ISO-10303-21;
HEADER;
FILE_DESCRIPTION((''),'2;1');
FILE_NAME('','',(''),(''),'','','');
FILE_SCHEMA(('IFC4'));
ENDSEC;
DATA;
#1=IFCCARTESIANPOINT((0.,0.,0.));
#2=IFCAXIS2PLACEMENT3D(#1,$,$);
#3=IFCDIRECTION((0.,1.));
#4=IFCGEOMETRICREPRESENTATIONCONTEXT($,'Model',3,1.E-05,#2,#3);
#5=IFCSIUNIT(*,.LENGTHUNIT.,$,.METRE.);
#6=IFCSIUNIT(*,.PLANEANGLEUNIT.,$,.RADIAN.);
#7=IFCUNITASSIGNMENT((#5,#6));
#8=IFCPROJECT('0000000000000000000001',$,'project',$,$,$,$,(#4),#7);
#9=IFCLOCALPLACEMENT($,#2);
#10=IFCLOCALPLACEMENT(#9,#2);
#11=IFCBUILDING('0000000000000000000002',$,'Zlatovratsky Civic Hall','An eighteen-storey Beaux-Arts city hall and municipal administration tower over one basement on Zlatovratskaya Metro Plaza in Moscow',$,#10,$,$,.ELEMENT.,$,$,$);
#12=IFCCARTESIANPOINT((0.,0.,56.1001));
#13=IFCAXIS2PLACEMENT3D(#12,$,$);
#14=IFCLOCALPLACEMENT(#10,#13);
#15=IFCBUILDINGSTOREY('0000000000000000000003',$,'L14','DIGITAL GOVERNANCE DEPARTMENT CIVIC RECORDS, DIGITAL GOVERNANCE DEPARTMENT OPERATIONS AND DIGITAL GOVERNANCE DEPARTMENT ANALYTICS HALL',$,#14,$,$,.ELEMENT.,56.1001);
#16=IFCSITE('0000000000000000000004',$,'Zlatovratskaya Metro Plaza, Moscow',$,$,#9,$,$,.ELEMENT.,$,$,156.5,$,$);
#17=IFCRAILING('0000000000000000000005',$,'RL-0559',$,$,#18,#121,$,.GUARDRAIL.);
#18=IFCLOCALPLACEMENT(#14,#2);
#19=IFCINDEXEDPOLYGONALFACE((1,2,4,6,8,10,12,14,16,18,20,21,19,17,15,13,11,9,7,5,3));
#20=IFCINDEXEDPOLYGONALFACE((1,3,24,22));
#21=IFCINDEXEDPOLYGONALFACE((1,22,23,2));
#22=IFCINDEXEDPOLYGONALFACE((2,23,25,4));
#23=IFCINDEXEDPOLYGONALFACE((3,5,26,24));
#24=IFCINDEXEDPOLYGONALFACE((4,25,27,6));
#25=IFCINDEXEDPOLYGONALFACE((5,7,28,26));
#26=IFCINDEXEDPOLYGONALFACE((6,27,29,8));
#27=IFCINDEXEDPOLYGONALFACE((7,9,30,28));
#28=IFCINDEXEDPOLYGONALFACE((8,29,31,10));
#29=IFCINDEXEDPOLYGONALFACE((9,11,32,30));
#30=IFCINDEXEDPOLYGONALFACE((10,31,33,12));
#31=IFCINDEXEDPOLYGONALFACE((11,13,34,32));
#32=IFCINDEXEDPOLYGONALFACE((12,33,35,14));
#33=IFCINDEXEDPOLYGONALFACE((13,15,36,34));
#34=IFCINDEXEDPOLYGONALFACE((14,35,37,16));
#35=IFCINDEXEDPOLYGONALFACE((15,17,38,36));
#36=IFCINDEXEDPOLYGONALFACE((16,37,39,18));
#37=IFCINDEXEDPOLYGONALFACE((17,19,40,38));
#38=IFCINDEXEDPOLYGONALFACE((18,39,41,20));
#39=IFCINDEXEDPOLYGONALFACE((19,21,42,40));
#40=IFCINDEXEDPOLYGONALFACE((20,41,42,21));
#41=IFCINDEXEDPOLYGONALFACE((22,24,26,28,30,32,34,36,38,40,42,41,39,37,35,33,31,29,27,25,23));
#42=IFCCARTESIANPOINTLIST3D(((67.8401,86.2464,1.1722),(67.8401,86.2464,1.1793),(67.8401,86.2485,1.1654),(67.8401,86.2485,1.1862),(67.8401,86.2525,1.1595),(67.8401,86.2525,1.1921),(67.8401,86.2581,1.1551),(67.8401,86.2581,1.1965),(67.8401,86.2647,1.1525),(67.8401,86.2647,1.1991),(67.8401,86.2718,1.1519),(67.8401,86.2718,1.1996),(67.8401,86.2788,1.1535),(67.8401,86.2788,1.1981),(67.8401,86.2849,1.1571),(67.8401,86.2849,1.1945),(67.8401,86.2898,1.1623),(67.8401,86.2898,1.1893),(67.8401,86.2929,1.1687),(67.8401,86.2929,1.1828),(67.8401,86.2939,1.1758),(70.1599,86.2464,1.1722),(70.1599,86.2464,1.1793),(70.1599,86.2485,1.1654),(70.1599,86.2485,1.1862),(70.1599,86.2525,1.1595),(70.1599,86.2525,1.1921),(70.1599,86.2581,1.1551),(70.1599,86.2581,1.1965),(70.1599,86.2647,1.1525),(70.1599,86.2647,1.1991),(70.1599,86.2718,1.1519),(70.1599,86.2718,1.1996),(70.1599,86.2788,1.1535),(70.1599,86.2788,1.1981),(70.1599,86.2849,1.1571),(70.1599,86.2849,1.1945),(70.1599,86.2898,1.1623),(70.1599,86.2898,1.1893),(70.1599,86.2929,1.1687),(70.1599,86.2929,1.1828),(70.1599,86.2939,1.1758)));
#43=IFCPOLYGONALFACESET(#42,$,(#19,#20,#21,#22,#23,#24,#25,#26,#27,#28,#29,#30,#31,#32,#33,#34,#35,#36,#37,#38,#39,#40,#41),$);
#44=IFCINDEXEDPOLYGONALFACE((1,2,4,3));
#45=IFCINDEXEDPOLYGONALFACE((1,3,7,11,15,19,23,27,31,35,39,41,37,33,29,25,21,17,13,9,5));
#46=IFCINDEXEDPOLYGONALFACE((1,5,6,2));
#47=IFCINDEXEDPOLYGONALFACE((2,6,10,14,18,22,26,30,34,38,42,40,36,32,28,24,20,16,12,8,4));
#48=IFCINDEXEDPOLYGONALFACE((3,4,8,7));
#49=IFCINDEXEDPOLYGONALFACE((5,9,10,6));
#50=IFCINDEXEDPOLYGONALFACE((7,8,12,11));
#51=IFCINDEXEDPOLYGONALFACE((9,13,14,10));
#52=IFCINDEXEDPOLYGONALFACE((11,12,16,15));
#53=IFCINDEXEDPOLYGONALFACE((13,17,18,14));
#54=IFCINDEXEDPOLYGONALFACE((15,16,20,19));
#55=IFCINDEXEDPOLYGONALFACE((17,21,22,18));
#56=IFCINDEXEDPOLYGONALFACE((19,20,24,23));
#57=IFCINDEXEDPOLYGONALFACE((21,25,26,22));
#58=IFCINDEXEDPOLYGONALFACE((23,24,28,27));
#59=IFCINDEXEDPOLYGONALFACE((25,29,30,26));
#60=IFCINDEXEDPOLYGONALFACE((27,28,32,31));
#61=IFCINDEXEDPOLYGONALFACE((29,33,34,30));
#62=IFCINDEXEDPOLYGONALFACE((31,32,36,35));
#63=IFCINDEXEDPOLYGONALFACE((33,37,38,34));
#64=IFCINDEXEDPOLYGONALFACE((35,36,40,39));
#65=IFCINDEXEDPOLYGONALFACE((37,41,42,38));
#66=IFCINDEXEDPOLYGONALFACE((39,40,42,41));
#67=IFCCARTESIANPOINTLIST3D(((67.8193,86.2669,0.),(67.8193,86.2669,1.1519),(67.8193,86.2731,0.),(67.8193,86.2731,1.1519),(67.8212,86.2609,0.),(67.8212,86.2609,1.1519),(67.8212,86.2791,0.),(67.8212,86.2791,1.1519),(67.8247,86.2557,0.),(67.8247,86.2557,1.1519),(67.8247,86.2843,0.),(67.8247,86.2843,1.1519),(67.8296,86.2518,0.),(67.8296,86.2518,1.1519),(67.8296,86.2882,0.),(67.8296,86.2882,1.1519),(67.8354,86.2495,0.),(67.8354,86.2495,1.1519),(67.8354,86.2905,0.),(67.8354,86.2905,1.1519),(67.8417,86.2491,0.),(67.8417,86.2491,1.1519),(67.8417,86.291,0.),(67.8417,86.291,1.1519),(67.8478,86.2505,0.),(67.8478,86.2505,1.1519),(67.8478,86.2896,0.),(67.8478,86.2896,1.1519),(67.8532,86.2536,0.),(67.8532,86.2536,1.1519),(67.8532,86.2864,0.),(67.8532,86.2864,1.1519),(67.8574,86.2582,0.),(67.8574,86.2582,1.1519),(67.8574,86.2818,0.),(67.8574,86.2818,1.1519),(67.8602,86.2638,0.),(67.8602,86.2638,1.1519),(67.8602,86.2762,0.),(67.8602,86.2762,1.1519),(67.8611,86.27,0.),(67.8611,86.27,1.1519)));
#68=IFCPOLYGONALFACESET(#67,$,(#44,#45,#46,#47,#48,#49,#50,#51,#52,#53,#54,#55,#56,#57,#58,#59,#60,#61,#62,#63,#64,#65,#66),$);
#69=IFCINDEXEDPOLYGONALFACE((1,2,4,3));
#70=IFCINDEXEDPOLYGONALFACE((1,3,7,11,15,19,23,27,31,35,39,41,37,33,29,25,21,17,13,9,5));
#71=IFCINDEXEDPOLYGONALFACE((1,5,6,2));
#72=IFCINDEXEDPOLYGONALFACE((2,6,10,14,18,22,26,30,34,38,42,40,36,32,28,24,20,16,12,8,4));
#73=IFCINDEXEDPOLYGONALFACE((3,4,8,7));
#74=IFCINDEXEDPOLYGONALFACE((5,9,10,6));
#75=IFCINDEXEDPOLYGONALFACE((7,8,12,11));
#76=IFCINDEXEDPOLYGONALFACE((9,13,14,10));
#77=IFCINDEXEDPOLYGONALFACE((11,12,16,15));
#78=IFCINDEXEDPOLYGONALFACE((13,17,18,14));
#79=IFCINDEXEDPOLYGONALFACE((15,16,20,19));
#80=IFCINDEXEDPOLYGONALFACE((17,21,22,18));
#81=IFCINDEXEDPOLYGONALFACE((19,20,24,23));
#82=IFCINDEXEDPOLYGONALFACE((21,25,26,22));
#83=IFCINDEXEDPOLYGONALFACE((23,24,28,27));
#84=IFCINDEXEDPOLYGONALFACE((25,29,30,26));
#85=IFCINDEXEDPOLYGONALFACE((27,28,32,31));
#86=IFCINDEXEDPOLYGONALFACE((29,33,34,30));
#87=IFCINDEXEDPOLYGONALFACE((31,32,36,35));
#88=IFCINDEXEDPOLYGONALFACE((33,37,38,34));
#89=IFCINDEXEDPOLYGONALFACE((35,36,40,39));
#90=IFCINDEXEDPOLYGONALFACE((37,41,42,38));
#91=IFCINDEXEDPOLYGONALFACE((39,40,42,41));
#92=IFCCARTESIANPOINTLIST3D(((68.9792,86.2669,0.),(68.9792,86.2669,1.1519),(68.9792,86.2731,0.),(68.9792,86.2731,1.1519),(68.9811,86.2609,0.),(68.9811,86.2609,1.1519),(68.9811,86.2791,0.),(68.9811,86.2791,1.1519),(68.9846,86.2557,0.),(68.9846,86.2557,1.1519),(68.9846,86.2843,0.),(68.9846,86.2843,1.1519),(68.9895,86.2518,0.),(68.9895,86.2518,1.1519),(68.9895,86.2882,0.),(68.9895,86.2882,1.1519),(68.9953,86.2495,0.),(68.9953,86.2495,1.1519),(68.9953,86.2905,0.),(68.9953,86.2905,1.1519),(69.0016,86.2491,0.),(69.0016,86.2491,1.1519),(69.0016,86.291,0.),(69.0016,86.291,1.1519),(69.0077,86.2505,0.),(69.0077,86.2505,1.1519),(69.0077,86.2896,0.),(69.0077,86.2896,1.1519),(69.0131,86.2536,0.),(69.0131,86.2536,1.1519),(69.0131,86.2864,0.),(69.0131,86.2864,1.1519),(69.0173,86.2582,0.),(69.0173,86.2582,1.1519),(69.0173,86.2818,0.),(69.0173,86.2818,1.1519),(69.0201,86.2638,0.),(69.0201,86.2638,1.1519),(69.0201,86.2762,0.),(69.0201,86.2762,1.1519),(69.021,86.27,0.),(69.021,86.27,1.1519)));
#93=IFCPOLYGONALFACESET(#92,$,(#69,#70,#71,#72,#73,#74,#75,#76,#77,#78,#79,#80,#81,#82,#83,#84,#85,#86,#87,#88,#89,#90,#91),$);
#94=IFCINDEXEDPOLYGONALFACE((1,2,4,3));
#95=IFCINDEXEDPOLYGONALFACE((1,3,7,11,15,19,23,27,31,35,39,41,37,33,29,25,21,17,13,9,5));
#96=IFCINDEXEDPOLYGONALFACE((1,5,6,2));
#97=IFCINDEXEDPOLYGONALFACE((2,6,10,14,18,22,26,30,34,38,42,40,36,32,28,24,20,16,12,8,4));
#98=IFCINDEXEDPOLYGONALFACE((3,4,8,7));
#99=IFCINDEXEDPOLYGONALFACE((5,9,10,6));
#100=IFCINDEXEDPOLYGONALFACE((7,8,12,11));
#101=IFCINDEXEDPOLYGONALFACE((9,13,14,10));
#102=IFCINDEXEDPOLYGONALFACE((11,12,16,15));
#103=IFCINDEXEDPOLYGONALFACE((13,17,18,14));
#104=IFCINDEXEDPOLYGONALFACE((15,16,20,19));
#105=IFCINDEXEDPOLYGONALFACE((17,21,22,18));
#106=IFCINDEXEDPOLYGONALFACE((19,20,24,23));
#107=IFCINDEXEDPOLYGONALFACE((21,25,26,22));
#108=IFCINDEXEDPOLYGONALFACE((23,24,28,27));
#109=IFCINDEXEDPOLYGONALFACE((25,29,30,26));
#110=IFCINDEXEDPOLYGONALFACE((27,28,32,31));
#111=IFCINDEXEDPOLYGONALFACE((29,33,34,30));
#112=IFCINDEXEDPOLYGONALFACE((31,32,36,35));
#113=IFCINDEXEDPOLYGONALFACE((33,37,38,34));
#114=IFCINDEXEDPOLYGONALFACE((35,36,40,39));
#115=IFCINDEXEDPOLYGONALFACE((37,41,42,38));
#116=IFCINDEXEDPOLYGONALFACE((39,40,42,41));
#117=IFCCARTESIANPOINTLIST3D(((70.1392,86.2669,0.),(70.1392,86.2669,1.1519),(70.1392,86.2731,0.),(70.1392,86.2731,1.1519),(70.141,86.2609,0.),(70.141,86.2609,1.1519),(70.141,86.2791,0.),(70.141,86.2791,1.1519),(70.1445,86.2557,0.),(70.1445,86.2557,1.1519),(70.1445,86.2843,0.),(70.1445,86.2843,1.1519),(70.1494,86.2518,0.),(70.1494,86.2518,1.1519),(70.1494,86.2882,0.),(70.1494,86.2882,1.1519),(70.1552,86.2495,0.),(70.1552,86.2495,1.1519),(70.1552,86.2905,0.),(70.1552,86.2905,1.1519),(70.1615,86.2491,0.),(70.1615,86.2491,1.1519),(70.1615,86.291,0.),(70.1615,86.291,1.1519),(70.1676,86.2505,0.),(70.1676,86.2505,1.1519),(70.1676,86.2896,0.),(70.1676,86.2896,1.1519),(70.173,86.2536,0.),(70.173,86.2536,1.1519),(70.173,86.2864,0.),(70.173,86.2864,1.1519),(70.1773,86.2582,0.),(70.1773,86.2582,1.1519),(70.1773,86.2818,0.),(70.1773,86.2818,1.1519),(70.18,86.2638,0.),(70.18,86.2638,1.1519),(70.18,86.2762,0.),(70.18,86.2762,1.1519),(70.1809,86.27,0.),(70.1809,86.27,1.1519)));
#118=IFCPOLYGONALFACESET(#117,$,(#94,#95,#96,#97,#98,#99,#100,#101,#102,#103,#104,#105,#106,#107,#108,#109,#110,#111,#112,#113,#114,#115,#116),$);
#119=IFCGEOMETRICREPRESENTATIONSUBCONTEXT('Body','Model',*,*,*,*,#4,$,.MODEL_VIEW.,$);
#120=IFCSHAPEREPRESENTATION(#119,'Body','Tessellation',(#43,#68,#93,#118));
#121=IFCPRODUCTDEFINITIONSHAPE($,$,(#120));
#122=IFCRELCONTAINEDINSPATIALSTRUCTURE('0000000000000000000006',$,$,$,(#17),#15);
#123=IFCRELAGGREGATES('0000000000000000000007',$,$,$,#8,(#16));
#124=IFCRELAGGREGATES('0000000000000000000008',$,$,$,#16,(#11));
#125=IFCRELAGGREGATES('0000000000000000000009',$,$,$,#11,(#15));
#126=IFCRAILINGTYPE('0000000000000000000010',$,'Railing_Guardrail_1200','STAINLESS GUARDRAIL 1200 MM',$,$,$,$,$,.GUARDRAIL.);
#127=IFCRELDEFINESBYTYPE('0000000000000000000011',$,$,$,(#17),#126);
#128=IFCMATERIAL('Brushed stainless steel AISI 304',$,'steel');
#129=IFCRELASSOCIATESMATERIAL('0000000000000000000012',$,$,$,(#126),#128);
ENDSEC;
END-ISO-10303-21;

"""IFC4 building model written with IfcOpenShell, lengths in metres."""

from ifc_helpers import new_model, si_unit, direction, frame, origin, origin_2d, place, context, subcontext, project, spatial, circle, extrude, material, type_object, element, save


model = new_model("IFC4")

# Units and contexts
model_context = context("Model", 3, precision=1e-05, world=origin(), true_north=direction((0.0, 1.0)))
body_context = subcontext(model_context, "Body", "Model", "MODEL_VIEW")
ifc_project = project(units=[si_unit("LENGTHUNIT", "METRE"), si_unit("PLANEANGLEUNIT", "RADIAN")], contexts=[model_context])

# Site, building, storey
site_placement = place(None, origin())
site = spatial("IfcSite", under=ifc_project, at=site_placement, Name="Zlatovratskaya Metro Plaza, Moscow", CompositionType="ELEMENT", RefElevation=156.5)
building_placement = place(site_placement, origin())
building = spatial("IfcBuilding", under=site, at=building_placement, Name="Zlatovratsky Civic Hall", Description="An eighteen-storey Beaux-Arts city hall and municipal administration tower over one basement on Zlatovratskaya Metro Plaza in Moscow", CompositionType="ELEMENT")
storey_placement = place(building_placement, frame((0.0, 0.0, 56.1001)))
storey = spatial("IfcBuildingStorey", under=building, at=storey_placement, Name="L14", Description="DIGITAL GOVERNANCE DEPARTMENT CIVIC RECORDS, DIGITAL GOVERNANCE DEPARTMENT OPERATIONS AND DIGITAL GOVERNANCE DEPARTMENT ANALYTICS HALL", CompositionType="ELEMENT", Elevation=56.1001)

# Railing
ifc_material_1 = material(Name="Brushed stainless steel AISI 304", Category="steel")
railing_type_1 = type_object("IfcRailingType", Name="Railing_Guardrail_1200", Description="STAINLESS GUARDRAIL 1200 MM", PredefinedType="GUARDRAIL", material=ifc_material_1)
railing_1_placement = place(storey_placement, frame((67.8401, 86.27, 0.0)))
element("IfcRailing", 1, at=railing_1_placement, inside=storey, type_object=railing_type_1, Name="RL-0559", PredefinedType="GUARDRAIL", context=body_context, shape_type="SweptSolid", body=[
    extrude(circle(Radius=0.0239, at=origin_2d()), frame((0.0, 0.0, 1.1758), z_axis=(1.0, 0.0, 0.0), x_axis=(0.0, 1.0, 0.0)), (0.0, 0.0, 1.0), 2.3198),
    extrude(circle(Radius=0.021, at=origin_2d()), origin(), (0.0, 0.0, 1.0), 1.1519),
    extrude(circle(Radius=0.021, at=origin_2d()), frame((1.1599, 0.0, 0.0)), (0.0, 0.0, 1.0), 1.1519),
    extrude(circle(Radius=0.021, at=origin_2d()), frame((2.3198, 0.0, 0.0)), (0.0, 0.0, 1.0), 1.1519),
])

save(model, "model.ifc")
